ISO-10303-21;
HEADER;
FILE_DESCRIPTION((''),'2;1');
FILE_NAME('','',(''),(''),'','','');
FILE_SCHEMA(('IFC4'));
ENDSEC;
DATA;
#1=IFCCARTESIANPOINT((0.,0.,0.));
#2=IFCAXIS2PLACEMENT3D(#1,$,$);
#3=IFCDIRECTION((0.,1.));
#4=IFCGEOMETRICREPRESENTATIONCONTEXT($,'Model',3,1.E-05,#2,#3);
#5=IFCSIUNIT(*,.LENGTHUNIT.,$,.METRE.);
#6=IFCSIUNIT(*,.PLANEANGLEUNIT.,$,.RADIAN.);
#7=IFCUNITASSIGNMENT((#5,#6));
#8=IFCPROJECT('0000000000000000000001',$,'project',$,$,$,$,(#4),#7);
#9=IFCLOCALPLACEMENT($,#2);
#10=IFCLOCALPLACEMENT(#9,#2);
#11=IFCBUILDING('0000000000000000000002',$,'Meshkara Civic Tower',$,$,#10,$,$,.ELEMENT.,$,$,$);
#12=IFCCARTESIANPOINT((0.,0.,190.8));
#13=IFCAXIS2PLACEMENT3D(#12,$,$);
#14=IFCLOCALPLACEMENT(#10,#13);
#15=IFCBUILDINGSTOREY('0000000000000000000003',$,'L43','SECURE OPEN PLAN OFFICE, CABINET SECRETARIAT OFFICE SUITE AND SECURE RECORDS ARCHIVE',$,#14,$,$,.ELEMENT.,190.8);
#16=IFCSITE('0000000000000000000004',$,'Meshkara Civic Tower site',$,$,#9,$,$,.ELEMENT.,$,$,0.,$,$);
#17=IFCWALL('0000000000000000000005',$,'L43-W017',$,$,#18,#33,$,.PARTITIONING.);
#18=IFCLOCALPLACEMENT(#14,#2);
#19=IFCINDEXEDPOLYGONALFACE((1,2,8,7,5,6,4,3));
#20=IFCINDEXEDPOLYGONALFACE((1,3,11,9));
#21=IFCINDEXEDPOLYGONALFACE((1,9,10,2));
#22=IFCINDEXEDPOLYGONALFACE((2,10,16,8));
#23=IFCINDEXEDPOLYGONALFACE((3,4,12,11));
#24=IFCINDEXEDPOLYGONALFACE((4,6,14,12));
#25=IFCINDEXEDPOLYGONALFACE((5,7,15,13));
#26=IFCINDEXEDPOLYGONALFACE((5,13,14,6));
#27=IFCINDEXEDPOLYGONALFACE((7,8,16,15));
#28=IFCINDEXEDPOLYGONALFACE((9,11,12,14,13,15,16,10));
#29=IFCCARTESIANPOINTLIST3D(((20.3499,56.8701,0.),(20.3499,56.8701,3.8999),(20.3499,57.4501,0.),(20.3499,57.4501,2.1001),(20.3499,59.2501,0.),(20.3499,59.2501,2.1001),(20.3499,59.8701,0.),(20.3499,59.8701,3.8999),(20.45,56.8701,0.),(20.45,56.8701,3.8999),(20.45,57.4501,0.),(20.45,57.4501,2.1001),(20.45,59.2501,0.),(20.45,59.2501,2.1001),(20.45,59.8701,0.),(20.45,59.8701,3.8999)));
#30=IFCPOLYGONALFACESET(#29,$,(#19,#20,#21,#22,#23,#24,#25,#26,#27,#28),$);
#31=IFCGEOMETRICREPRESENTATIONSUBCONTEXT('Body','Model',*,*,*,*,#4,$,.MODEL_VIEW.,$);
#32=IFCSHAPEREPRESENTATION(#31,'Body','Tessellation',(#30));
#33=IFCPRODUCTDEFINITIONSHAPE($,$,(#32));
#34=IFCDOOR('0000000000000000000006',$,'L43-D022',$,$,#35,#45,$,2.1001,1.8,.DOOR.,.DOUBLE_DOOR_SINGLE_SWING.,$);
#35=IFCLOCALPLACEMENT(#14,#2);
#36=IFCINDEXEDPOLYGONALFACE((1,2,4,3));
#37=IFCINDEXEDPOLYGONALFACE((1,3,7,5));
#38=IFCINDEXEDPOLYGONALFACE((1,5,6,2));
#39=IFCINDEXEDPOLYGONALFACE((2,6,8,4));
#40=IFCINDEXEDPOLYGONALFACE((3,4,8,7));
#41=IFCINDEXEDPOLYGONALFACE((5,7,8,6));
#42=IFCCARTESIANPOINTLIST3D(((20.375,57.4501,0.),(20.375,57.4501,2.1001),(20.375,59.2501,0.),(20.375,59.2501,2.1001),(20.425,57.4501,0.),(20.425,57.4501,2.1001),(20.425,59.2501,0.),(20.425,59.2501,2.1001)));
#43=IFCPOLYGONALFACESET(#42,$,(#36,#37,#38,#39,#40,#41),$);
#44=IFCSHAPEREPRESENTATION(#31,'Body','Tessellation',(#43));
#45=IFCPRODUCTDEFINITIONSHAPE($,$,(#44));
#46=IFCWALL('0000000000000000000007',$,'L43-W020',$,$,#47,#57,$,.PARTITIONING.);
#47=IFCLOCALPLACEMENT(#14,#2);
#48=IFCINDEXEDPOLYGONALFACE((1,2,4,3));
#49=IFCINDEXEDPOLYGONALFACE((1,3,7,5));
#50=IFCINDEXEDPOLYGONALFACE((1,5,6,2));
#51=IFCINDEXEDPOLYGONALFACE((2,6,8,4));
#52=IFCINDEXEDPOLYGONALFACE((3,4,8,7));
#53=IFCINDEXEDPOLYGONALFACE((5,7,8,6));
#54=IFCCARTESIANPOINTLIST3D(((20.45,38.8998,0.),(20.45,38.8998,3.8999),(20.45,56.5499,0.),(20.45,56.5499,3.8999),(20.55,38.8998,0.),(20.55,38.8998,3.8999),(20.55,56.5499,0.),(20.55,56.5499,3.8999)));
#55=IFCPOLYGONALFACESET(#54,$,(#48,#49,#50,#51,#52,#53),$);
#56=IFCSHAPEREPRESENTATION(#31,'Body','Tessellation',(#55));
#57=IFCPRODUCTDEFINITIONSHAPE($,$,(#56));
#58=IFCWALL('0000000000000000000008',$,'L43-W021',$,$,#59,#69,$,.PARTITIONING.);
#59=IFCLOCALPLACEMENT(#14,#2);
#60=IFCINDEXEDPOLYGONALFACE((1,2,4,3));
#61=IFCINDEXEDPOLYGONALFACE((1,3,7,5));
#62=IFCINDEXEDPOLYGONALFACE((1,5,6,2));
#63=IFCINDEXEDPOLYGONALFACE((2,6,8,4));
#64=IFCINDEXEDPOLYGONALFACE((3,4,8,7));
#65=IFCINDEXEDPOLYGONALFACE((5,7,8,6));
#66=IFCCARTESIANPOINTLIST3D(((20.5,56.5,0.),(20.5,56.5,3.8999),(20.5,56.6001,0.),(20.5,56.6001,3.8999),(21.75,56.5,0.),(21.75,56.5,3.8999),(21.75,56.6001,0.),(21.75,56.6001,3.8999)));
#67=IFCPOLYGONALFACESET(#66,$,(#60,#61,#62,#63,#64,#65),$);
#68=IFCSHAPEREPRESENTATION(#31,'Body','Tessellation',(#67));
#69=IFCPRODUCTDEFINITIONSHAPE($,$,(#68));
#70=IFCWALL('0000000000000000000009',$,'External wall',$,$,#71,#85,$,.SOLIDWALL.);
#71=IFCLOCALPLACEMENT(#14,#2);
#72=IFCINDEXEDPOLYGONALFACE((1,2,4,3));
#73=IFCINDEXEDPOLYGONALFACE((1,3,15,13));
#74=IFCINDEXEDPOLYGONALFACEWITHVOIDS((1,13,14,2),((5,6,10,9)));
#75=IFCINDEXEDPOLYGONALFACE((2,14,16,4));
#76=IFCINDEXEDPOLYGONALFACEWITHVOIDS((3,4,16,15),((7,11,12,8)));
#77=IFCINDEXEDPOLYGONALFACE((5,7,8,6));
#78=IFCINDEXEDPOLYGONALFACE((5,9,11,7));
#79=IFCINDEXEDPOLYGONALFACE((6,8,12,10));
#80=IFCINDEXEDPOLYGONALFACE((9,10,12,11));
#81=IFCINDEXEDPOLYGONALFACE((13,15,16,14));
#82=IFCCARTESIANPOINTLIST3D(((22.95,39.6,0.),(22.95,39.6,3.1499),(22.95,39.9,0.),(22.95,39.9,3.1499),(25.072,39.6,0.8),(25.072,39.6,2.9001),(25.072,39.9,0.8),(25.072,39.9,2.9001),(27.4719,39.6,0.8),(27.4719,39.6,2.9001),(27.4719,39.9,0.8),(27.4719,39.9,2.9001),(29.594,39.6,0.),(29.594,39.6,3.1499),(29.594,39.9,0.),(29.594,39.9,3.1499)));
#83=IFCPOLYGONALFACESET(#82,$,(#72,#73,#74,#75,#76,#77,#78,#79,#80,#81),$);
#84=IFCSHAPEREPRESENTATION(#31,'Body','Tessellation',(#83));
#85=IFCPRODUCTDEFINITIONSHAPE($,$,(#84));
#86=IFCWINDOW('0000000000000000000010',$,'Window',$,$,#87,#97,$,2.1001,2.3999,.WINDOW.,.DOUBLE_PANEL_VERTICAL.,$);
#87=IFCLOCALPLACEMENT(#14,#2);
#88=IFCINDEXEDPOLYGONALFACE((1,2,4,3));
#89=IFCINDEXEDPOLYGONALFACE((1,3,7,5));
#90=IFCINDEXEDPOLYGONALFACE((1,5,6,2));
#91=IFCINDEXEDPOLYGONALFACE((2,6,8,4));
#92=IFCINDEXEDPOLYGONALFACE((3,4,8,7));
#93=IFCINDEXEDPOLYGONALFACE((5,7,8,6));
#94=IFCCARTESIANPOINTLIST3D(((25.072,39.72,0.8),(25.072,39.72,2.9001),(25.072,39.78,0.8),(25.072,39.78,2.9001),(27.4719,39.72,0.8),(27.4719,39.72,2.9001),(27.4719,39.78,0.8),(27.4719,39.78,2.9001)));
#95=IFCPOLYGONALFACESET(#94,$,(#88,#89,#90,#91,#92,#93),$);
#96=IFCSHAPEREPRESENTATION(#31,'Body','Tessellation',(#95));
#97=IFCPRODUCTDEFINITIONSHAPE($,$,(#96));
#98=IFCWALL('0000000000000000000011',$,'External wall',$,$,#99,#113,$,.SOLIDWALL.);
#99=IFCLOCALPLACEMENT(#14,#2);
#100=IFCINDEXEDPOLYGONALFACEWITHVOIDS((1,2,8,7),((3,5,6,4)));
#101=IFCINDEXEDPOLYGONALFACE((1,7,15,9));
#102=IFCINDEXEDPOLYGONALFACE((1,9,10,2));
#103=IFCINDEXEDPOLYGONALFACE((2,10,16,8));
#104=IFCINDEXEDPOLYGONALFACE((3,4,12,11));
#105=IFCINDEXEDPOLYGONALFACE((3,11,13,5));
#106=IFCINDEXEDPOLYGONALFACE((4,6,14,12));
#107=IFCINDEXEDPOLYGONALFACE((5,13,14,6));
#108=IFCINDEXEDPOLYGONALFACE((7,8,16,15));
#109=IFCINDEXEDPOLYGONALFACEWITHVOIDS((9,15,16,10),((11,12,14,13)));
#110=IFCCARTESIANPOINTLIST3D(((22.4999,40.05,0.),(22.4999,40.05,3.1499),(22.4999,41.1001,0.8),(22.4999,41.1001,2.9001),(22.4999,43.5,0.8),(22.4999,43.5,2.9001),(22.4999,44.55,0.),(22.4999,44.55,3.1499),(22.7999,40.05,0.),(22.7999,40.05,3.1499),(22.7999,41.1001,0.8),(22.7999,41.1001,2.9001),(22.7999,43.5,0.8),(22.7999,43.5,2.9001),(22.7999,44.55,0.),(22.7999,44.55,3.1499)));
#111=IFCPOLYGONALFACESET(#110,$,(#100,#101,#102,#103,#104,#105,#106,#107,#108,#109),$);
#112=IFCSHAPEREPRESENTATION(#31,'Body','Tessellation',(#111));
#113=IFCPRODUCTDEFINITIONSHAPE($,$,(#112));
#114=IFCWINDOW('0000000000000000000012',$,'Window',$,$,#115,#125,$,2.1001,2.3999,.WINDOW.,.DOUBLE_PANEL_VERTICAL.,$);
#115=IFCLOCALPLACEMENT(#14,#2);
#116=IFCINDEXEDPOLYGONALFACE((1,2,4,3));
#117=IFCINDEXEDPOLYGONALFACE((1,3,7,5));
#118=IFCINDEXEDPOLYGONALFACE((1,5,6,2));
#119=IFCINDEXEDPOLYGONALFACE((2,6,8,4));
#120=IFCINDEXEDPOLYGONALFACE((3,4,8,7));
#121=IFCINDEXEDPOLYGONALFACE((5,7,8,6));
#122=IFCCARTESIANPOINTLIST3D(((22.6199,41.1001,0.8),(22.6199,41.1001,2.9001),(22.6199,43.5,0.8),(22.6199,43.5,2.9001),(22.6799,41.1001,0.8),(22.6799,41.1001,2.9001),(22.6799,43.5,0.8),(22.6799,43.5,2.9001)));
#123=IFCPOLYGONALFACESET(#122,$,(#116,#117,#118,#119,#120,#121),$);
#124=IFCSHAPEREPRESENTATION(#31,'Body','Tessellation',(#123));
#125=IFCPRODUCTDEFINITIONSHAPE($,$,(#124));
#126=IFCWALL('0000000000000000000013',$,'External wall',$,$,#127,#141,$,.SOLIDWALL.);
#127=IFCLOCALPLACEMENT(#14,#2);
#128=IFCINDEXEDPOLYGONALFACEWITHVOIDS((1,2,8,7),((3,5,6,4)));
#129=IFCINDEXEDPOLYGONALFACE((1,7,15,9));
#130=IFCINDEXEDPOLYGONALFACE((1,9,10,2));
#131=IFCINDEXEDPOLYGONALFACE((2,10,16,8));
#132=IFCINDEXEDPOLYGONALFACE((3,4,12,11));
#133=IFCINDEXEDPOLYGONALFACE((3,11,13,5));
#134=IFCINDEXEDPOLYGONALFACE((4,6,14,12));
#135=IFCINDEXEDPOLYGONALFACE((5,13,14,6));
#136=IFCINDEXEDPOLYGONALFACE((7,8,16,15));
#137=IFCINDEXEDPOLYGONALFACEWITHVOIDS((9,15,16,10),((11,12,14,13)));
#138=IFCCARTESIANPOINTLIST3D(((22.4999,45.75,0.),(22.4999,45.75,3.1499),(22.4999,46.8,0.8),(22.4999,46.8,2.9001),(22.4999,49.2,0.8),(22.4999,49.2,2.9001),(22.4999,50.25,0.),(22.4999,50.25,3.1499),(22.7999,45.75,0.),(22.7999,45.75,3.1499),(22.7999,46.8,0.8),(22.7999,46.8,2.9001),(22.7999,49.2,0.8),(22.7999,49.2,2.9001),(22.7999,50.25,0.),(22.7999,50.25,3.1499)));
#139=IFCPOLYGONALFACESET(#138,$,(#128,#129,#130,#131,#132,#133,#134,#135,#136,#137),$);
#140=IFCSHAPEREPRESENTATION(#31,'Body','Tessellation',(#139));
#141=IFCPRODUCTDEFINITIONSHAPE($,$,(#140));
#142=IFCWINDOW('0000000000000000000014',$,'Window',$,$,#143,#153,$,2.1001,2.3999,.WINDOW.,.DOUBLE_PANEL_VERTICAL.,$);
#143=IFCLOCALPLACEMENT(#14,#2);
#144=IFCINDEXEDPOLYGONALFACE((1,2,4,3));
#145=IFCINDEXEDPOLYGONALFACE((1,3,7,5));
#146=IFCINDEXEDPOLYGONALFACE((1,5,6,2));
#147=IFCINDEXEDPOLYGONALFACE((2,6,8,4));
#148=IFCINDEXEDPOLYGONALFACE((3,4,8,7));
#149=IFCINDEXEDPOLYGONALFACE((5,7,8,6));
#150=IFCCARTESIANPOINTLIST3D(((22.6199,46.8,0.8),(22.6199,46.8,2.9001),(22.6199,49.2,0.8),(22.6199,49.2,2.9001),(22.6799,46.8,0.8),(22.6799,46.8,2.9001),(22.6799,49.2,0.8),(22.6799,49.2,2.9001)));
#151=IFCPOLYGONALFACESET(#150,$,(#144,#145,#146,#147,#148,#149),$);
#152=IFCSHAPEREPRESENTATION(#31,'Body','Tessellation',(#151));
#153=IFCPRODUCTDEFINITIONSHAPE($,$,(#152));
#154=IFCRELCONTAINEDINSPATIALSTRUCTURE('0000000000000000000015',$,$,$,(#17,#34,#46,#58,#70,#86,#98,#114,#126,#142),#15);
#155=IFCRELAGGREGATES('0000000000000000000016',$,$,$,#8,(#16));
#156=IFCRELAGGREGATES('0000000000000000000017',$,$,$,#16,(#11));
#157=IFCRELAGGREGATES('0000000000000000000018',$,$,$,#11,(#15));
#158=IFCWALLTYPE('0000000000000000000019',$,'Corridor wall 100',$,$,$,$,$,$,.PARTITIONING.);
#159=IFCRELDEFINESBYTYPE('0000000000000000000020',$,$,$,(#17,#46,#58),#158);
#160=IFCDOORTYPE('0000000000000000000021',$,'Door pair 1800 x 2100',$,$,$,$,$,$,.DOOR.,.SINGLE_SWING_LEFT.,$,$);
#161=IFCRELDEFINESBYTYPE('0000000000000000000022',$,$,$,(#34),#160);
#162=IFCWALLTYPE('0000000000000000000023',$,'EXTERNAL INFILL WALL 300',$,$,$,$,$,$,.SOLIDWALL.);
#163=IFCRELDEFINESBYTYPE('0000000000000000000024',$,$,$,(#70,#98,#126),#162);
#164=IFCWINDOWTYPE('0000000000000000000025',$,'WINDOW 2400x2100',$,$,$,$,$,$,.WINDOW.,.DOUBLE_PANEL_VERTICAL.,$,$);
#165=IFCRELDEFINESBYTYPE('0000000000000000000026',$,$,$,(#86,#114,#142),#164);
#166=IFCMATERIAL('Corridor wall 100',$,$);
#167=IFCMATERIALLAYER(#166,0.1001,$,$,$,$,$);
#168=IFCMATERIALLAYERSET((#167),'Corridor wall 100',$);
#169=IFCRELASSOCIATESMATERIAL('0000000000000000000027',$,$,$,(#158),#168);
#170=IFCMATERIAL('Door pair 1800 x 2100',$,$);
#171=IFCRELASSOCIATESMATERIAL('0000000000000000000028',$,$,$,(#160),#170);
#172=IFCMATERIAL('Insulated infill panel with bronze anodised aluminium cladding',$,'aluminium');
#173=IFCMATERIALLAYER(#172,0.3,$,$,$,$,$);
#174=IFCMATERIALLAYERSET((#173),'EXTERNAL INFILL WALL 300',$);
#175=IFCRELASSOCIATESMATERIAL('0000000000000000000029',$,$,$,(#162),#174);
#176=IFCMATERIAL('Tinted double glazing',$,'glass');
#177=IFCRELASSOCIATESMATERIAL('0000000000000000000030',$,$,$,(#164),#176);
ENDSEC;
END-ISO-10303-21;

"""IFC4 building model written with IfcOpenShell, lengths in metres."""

from ifc_helpers import new_model, si_unit, direction, frame, frame_2d, origin, place, context, subcontext, project, spatial, rectangle, extrude, material, layer, layer_set, type_object, element, fill, save


model = new_model("IFC4")

# Units and contexts
model_context = context("Model", 3, precision=1e-05, world=origin(), true_north=direction((0.0, 1.0)))
body_context = subcontext(model_context, "Body", "Model", "MODEL_VIEW")
ifc_project = project(units=[si_unit("LENGTHUNIT", "METRE"), si_unit("PLANEANGLEUNIT", "RADIAN")], contexts=[model_context])

# Site, building, storey
site_placement = place(None, origin())
site = spatial("IfcSite", under=ifc_project, at=site_placement, Name="Meshkara Civic Tower site", CompositionType="ELEMENT", RefElevation=0.0)
building_placement = place(site_placement, origin())
building = spatial("IfcBuilding", under=site, at=building_placement, Name="Meshkara Civic Tower", CompositionType="ELEMENT")
storey_placement = place(building_placement, frame((0.0, 0.0, 190.8)))
storey = spatial("IfcBuildingStorey", under=building, at=storey_placement, Name="L43", Description="SECURE OPEN PLAN OFFICE, CABINET SECRETARIAT OFFICE SUITE AND SECURE RECORDS ARCHIVE", CompositionType="ELEMENT", Elevation=190.8)

# Shared definitions
ifc_material_1 = material(Name="Corridor wall 100")
ifc_layer_1 = layer(ifc_material_1, 0.1001)
ifc_layer_set_1 = layer_set([ifc_layer_1], Name="Corridor wall 100")
wall_type_1 = type_object("IfcWallType", Name="Corridor wall 100", PredefinedType="PARTITIONING", material=ifc_layer_set_1)
ifc_material_2 = material(Name="Door pair 1800 x 2100")
door_type_1 = type_object("IfcDoorType", Name="Door pair 1800 x 2100", OperationType="SINGLE_SWING_LEFT", PredefinedType="DOOR", material=ifc_material_2)

# Wall, opening, door
wall_1_placement = place(storey_placement, frame((20.3999, 56.8701, 0.0), z_axis=(0.0, 0.0, 1.0), x_axis=(0.0, 1.0, 0.0)))
wall_1 = element("IfcWall", 1, at=wall_1_placement, inside=storey, type_object=wall_type_1, Name="L43-W017", PredefinedType="PARTITIONING", context=body_context, shape_type="SweptSolid", body=[
    extrude(rectangle(XDim=3.0, YDim=0.1001, at=frame_2d((1.5, 0.0))), origin(), (0.0, 0.0, 1.0), 3.8999),
])
opening_1_placement = place(wall_1_placement, frame((0.5801, 0.0, 0.0)))
opening_1 = element("IfcOpeningElement", 2, at=opening_1_placement, cuts=wall_1, PredefinedType="OPENING", context=body_context, shape_type="SweptSolid", body=[
    extrude(rectangle(XDim=1.8, YDim=2.1001, at=frame_2d((0.8999, 1.05))), frame((0.0, 0.0601, 0.0), z_axis=(0.0, -1.0, 0.0), x_axis=(1.0, 0.0, 0.0)), (0.0, 0.0, 1.0), 0.1201),
])
door_1_placement = place(opening_1_placement, origin())
door_1 = element("IfcDoor", 3, at=door_1_placement, inside=storey, type_object=door_type_1, Name="L43-D022", OperationType="DOUBLE_DOOR_SINGLE_SWING", OverallHeight=2.1001, OverallWidth=1.8, PredefinedType="DOOR", context=body_context, shape_type="SweptSolid", body=[
    extrude(rectangle(XDim=1.8, YDim=2.1001, at=frame_2d((0.8999, 1.05))), frame((0.0, 0.0249, 0.0), z_axis=(0.0, -1.0, 0.0), x_axis=(1.0, 0.0, 0.0)), (0.0, 0.0, 1.0), 0.05),
])
fill(opening_1, door_1)

# Walls
wall_2_placement = place(storey_placement, frame((20.5, 56.55, 0.0), z_axis=(0.0, 0.0, 1.0), x_axis=(0.0, -1.0, 0.0)))
element("IfcWall", 4, at=wall_2_placement, inside=storey, type_object=wall_type_1, Name="L43-W020", PredefinedType="PARTITIONING", context=body_context, shape_type="SweptSolid", body=[
    extrude(rectangle(XDim=17.6501, YDim=0.1001, at=frame_2d((8.8252, 0.0))), origin(), (0.0, 0.0, 1.0), 3.8999),
])
wall_3_placement = place(storey_placement, frame((21.75, 56.55, 0.0), z_axis=(0.0, 0.0, 1.0), x_axis=(-1.0, 0.0, 0.0)))
element("IfcWall", 5, at=wall_3_placement, inside=storey, type_object=wall_type_1, Name="L43-W021", PredefinedType="PARTITIONING", context=body_context, shape_type="SweptSolid", body=[
    extrude(rectangle(XDim=1.25, YDim=0.1001, at=frame_2d((0.625, 0.0))), origin(), (0.0, 0.0, 1.0), 3.8999),
])

# Walls, openings, windows
ifc_material_3 = material(Name="Insulated infill panel with bronze anodised aluminium cladding", Category="aluminium")
ifc_layer_2 = layer(ifc_material_3, 0.3)
ifc_layer_set_2 = layer_set([ifc_layer_2], Name="EXTERNAL INFILL WALL 300")
wall_type_2 = type_object("IfcWallType", Name="EXTERNAL INFILL WALL 300", PredefinedType="SOLIDWALL", material=ifc_layer_set_2)
wall_4_placement = place(storey_placement, frame((29.594, 39.75, 0.0), z_axis=(0.0, 0.0, 1.0), x_axis=(-1.0, 0.0, 0.0)))
wall_4 = element("IfcWall", 6, at=wall_4_placement, inside=storey, type_object=wall_type_2, Name="External wall", PredefinedType="SOLIDWALL", context=body_context, shape_type="SweptSolid", body=[
    extrude(rectangle(XDim=6.644, YDim=0.3, at=frame_2d((3.322, 0.0))), origin(), (0.0, 0.0, 1.0), 3.1499),
])
opening_2_placement = place(wall_4_placement, frame((2.1221, 0.0, 0.8)))
opening_2 = element("IfcOpeningElement", 7, at=opening_2_placement, cuts=wall_4, PredefinedType="OPENING", context=body_context, shape_type="SweptSolid", body=[
    extrude(rectangle(XDim=2.3999, YDim=2.1001, at=frame_2d((1.2, 1.05))), frame((0.0, 0.1599, 0.0), z_axis=(0.0, -1.0, 0.0), x_axis=(1.0, 0.0, 0.0)), (0.0, 0.0, 1.0), 0.3201),
])
ifc_material_4 = material(Name="Tinted double glazing", Category="glass")
window_type = type_object("IfcWindowType", Name="WINDOW 2400x2100", PartitioningType="DOUBLE_PANEL_VERTICAL", PredefinedType="WINDOW", material=ifc_material_4)
window_1_placement = place(opening_2_placement, origin())
window_1 = element("IfcWindow", 8, at=window_1_placement, inside=storey, type_object=window_type, Name="Window", OverallHeight=2.1001, OverallWidth=2.3999, PartitioningType="DOUBLE_PANEL_VERTICAL", PredefinedType="WINDOW", context=body_context, shape_type="SweptSolid", body=[
    extrude(rectangle(XDim=2.3999, YDim=2.1001, at=frame_2d((1.2, 1.05))), frame((0.0, 0.03, 0.0), z_axis=(0.0, -1.0, 0.0), x_axis=(1.0, 0.0, 0.0)), (0.0, 0.0, 1.0), 0.0601),
])
fill(opening_2, window_1)
wall_5_placement = place(storey_placement, frame((22.6499, 40.05, 0.0), z_axis=(0.0, 0.0, 1.0), x_axis=(0.0, 1.0, 0.0)))
wall_5 = element("IfcWall", 9, at=wall_5_placement, inside=storey, type_object=wall_type_2, Name="External wall", PredefinedType="SOLIDWALL", context=body_context, shape_type="SweptSolid", body=[
    extrude(rectangle(XDim=4.5, YDim=0.3, at=frame_2d((2.25, 0.0))), origin(), (0.0, 0.0, 1.0), 3.1499),
])
opening_3_placement = place(wall_5_placement, frame((1.05, 0.0, 0.8)))
opening_3 = element("IfcOpeningElement", 10, at=opening_3_placement, cuts=wall_5, PredefinedType="OPENING", context=body_context, shape_type="SweptSolid", body=[
    extrude(rectangle(XDim=2.3999, YDim=2.1001, at=frame_2d((1.2, 1.05))), frame((0.0, 0.1599, 0.0), z_axis=(0.0, -1.0, 0.0), x_axis=(1.0, 0.0, 0.0)), (0.0, 0.0, 1.0), 0.3201),
])
window_2_placement = place(opening_3_placement, origin())
window_2 = element("IfcWindow", 11, at=window_2_placement, inside=storey, type_object=window_type, Name="Window", OverallHeight=2.1001, OverallWidth=2.3999, PartitioningType="DOUBLE_PANEL_VERTICAL", PredefinedType="WINDOW", context=body_context, shape_type="SweptSolid", body=[
    extrude(rectangle(XDim=2.3999, YDim=2.1001, at=frame_2d((1.2, 1.05))), frame((0.0, 0.03, 0.0), z_axis=(0.0, -1.0, 0.0), x_axis=(1.0, 0.0, 0.0)), (0.0, 0.0, 1.0), 0.0601),
])
fill(opening_3, window_2)
wall_6_placement = place(storey_placement, frame((22.6499, 45.75, 0.0), z_axis=(0.0, 0.0, 1.0), x_axis=(0.0, 1.0, 0.0)))
wall_6 = element("IfcWall", 12, at=wall_6_placement, inside=storey, type_object=wall_type_2, Name="External wall", PredefinedType="SOLIDWALL", context=body_context, shape_type="SweptSolid", body=[
    extrude(rectangle(XDim=4.5, YDim=0.3, at=frame_2d((2.25, 0.0))), origin(), (0.0, 0.0, 1.0), 3.1499),
])
opening_4_placement = place(wall_6_placement, frame((1.05, 0.0, 0.8)))
opening_4 = element("IfcOpeningElement", 13, at=opening_4_placement, cuts=wall_6, PredefinedType="OPENING", context=body_context, shape_type="SweptSolid", body=[
    extrude(rectangle(XDim=2.3999, YDim=2.1001, at=frame_2d((1.2, 1.05))), frame((0.0, 0.1599, 0.0), z_axis=(0.0, -1.0, 0.0), x_axis=(1.0, 0.0, 0.0)), (0.0, 0.0, 1.0), 0.3201),
])
window_3_placement = place(opening_4_placement, origin())
window_3 = element("IfcWindow", 14, at=window_3_placement, inside=storey, type_object=window_type, Name="Window", OverallHeight=2.1001, OverallWidth=2.3999, PartitioningType="DOUBLE_PANEL_VERTICAL", PredefinedType="WINDOW", context=body_context, shape_type="SweptSolid", body=[
    extrude(rectangle(XDim=2.3999, YDim=2.1001, at=frame_2d((1.2, 1.05))), frame((0.0, 0.03, 0.0), z_axis=(0.0, -1.0, 0.0), x_axis=(1.0, 0.0, 0.0)), (0.0, 0.0, 1.0), 0.0601),
])
fill(opening_4, window_3)

save(model, "model.ifc")
